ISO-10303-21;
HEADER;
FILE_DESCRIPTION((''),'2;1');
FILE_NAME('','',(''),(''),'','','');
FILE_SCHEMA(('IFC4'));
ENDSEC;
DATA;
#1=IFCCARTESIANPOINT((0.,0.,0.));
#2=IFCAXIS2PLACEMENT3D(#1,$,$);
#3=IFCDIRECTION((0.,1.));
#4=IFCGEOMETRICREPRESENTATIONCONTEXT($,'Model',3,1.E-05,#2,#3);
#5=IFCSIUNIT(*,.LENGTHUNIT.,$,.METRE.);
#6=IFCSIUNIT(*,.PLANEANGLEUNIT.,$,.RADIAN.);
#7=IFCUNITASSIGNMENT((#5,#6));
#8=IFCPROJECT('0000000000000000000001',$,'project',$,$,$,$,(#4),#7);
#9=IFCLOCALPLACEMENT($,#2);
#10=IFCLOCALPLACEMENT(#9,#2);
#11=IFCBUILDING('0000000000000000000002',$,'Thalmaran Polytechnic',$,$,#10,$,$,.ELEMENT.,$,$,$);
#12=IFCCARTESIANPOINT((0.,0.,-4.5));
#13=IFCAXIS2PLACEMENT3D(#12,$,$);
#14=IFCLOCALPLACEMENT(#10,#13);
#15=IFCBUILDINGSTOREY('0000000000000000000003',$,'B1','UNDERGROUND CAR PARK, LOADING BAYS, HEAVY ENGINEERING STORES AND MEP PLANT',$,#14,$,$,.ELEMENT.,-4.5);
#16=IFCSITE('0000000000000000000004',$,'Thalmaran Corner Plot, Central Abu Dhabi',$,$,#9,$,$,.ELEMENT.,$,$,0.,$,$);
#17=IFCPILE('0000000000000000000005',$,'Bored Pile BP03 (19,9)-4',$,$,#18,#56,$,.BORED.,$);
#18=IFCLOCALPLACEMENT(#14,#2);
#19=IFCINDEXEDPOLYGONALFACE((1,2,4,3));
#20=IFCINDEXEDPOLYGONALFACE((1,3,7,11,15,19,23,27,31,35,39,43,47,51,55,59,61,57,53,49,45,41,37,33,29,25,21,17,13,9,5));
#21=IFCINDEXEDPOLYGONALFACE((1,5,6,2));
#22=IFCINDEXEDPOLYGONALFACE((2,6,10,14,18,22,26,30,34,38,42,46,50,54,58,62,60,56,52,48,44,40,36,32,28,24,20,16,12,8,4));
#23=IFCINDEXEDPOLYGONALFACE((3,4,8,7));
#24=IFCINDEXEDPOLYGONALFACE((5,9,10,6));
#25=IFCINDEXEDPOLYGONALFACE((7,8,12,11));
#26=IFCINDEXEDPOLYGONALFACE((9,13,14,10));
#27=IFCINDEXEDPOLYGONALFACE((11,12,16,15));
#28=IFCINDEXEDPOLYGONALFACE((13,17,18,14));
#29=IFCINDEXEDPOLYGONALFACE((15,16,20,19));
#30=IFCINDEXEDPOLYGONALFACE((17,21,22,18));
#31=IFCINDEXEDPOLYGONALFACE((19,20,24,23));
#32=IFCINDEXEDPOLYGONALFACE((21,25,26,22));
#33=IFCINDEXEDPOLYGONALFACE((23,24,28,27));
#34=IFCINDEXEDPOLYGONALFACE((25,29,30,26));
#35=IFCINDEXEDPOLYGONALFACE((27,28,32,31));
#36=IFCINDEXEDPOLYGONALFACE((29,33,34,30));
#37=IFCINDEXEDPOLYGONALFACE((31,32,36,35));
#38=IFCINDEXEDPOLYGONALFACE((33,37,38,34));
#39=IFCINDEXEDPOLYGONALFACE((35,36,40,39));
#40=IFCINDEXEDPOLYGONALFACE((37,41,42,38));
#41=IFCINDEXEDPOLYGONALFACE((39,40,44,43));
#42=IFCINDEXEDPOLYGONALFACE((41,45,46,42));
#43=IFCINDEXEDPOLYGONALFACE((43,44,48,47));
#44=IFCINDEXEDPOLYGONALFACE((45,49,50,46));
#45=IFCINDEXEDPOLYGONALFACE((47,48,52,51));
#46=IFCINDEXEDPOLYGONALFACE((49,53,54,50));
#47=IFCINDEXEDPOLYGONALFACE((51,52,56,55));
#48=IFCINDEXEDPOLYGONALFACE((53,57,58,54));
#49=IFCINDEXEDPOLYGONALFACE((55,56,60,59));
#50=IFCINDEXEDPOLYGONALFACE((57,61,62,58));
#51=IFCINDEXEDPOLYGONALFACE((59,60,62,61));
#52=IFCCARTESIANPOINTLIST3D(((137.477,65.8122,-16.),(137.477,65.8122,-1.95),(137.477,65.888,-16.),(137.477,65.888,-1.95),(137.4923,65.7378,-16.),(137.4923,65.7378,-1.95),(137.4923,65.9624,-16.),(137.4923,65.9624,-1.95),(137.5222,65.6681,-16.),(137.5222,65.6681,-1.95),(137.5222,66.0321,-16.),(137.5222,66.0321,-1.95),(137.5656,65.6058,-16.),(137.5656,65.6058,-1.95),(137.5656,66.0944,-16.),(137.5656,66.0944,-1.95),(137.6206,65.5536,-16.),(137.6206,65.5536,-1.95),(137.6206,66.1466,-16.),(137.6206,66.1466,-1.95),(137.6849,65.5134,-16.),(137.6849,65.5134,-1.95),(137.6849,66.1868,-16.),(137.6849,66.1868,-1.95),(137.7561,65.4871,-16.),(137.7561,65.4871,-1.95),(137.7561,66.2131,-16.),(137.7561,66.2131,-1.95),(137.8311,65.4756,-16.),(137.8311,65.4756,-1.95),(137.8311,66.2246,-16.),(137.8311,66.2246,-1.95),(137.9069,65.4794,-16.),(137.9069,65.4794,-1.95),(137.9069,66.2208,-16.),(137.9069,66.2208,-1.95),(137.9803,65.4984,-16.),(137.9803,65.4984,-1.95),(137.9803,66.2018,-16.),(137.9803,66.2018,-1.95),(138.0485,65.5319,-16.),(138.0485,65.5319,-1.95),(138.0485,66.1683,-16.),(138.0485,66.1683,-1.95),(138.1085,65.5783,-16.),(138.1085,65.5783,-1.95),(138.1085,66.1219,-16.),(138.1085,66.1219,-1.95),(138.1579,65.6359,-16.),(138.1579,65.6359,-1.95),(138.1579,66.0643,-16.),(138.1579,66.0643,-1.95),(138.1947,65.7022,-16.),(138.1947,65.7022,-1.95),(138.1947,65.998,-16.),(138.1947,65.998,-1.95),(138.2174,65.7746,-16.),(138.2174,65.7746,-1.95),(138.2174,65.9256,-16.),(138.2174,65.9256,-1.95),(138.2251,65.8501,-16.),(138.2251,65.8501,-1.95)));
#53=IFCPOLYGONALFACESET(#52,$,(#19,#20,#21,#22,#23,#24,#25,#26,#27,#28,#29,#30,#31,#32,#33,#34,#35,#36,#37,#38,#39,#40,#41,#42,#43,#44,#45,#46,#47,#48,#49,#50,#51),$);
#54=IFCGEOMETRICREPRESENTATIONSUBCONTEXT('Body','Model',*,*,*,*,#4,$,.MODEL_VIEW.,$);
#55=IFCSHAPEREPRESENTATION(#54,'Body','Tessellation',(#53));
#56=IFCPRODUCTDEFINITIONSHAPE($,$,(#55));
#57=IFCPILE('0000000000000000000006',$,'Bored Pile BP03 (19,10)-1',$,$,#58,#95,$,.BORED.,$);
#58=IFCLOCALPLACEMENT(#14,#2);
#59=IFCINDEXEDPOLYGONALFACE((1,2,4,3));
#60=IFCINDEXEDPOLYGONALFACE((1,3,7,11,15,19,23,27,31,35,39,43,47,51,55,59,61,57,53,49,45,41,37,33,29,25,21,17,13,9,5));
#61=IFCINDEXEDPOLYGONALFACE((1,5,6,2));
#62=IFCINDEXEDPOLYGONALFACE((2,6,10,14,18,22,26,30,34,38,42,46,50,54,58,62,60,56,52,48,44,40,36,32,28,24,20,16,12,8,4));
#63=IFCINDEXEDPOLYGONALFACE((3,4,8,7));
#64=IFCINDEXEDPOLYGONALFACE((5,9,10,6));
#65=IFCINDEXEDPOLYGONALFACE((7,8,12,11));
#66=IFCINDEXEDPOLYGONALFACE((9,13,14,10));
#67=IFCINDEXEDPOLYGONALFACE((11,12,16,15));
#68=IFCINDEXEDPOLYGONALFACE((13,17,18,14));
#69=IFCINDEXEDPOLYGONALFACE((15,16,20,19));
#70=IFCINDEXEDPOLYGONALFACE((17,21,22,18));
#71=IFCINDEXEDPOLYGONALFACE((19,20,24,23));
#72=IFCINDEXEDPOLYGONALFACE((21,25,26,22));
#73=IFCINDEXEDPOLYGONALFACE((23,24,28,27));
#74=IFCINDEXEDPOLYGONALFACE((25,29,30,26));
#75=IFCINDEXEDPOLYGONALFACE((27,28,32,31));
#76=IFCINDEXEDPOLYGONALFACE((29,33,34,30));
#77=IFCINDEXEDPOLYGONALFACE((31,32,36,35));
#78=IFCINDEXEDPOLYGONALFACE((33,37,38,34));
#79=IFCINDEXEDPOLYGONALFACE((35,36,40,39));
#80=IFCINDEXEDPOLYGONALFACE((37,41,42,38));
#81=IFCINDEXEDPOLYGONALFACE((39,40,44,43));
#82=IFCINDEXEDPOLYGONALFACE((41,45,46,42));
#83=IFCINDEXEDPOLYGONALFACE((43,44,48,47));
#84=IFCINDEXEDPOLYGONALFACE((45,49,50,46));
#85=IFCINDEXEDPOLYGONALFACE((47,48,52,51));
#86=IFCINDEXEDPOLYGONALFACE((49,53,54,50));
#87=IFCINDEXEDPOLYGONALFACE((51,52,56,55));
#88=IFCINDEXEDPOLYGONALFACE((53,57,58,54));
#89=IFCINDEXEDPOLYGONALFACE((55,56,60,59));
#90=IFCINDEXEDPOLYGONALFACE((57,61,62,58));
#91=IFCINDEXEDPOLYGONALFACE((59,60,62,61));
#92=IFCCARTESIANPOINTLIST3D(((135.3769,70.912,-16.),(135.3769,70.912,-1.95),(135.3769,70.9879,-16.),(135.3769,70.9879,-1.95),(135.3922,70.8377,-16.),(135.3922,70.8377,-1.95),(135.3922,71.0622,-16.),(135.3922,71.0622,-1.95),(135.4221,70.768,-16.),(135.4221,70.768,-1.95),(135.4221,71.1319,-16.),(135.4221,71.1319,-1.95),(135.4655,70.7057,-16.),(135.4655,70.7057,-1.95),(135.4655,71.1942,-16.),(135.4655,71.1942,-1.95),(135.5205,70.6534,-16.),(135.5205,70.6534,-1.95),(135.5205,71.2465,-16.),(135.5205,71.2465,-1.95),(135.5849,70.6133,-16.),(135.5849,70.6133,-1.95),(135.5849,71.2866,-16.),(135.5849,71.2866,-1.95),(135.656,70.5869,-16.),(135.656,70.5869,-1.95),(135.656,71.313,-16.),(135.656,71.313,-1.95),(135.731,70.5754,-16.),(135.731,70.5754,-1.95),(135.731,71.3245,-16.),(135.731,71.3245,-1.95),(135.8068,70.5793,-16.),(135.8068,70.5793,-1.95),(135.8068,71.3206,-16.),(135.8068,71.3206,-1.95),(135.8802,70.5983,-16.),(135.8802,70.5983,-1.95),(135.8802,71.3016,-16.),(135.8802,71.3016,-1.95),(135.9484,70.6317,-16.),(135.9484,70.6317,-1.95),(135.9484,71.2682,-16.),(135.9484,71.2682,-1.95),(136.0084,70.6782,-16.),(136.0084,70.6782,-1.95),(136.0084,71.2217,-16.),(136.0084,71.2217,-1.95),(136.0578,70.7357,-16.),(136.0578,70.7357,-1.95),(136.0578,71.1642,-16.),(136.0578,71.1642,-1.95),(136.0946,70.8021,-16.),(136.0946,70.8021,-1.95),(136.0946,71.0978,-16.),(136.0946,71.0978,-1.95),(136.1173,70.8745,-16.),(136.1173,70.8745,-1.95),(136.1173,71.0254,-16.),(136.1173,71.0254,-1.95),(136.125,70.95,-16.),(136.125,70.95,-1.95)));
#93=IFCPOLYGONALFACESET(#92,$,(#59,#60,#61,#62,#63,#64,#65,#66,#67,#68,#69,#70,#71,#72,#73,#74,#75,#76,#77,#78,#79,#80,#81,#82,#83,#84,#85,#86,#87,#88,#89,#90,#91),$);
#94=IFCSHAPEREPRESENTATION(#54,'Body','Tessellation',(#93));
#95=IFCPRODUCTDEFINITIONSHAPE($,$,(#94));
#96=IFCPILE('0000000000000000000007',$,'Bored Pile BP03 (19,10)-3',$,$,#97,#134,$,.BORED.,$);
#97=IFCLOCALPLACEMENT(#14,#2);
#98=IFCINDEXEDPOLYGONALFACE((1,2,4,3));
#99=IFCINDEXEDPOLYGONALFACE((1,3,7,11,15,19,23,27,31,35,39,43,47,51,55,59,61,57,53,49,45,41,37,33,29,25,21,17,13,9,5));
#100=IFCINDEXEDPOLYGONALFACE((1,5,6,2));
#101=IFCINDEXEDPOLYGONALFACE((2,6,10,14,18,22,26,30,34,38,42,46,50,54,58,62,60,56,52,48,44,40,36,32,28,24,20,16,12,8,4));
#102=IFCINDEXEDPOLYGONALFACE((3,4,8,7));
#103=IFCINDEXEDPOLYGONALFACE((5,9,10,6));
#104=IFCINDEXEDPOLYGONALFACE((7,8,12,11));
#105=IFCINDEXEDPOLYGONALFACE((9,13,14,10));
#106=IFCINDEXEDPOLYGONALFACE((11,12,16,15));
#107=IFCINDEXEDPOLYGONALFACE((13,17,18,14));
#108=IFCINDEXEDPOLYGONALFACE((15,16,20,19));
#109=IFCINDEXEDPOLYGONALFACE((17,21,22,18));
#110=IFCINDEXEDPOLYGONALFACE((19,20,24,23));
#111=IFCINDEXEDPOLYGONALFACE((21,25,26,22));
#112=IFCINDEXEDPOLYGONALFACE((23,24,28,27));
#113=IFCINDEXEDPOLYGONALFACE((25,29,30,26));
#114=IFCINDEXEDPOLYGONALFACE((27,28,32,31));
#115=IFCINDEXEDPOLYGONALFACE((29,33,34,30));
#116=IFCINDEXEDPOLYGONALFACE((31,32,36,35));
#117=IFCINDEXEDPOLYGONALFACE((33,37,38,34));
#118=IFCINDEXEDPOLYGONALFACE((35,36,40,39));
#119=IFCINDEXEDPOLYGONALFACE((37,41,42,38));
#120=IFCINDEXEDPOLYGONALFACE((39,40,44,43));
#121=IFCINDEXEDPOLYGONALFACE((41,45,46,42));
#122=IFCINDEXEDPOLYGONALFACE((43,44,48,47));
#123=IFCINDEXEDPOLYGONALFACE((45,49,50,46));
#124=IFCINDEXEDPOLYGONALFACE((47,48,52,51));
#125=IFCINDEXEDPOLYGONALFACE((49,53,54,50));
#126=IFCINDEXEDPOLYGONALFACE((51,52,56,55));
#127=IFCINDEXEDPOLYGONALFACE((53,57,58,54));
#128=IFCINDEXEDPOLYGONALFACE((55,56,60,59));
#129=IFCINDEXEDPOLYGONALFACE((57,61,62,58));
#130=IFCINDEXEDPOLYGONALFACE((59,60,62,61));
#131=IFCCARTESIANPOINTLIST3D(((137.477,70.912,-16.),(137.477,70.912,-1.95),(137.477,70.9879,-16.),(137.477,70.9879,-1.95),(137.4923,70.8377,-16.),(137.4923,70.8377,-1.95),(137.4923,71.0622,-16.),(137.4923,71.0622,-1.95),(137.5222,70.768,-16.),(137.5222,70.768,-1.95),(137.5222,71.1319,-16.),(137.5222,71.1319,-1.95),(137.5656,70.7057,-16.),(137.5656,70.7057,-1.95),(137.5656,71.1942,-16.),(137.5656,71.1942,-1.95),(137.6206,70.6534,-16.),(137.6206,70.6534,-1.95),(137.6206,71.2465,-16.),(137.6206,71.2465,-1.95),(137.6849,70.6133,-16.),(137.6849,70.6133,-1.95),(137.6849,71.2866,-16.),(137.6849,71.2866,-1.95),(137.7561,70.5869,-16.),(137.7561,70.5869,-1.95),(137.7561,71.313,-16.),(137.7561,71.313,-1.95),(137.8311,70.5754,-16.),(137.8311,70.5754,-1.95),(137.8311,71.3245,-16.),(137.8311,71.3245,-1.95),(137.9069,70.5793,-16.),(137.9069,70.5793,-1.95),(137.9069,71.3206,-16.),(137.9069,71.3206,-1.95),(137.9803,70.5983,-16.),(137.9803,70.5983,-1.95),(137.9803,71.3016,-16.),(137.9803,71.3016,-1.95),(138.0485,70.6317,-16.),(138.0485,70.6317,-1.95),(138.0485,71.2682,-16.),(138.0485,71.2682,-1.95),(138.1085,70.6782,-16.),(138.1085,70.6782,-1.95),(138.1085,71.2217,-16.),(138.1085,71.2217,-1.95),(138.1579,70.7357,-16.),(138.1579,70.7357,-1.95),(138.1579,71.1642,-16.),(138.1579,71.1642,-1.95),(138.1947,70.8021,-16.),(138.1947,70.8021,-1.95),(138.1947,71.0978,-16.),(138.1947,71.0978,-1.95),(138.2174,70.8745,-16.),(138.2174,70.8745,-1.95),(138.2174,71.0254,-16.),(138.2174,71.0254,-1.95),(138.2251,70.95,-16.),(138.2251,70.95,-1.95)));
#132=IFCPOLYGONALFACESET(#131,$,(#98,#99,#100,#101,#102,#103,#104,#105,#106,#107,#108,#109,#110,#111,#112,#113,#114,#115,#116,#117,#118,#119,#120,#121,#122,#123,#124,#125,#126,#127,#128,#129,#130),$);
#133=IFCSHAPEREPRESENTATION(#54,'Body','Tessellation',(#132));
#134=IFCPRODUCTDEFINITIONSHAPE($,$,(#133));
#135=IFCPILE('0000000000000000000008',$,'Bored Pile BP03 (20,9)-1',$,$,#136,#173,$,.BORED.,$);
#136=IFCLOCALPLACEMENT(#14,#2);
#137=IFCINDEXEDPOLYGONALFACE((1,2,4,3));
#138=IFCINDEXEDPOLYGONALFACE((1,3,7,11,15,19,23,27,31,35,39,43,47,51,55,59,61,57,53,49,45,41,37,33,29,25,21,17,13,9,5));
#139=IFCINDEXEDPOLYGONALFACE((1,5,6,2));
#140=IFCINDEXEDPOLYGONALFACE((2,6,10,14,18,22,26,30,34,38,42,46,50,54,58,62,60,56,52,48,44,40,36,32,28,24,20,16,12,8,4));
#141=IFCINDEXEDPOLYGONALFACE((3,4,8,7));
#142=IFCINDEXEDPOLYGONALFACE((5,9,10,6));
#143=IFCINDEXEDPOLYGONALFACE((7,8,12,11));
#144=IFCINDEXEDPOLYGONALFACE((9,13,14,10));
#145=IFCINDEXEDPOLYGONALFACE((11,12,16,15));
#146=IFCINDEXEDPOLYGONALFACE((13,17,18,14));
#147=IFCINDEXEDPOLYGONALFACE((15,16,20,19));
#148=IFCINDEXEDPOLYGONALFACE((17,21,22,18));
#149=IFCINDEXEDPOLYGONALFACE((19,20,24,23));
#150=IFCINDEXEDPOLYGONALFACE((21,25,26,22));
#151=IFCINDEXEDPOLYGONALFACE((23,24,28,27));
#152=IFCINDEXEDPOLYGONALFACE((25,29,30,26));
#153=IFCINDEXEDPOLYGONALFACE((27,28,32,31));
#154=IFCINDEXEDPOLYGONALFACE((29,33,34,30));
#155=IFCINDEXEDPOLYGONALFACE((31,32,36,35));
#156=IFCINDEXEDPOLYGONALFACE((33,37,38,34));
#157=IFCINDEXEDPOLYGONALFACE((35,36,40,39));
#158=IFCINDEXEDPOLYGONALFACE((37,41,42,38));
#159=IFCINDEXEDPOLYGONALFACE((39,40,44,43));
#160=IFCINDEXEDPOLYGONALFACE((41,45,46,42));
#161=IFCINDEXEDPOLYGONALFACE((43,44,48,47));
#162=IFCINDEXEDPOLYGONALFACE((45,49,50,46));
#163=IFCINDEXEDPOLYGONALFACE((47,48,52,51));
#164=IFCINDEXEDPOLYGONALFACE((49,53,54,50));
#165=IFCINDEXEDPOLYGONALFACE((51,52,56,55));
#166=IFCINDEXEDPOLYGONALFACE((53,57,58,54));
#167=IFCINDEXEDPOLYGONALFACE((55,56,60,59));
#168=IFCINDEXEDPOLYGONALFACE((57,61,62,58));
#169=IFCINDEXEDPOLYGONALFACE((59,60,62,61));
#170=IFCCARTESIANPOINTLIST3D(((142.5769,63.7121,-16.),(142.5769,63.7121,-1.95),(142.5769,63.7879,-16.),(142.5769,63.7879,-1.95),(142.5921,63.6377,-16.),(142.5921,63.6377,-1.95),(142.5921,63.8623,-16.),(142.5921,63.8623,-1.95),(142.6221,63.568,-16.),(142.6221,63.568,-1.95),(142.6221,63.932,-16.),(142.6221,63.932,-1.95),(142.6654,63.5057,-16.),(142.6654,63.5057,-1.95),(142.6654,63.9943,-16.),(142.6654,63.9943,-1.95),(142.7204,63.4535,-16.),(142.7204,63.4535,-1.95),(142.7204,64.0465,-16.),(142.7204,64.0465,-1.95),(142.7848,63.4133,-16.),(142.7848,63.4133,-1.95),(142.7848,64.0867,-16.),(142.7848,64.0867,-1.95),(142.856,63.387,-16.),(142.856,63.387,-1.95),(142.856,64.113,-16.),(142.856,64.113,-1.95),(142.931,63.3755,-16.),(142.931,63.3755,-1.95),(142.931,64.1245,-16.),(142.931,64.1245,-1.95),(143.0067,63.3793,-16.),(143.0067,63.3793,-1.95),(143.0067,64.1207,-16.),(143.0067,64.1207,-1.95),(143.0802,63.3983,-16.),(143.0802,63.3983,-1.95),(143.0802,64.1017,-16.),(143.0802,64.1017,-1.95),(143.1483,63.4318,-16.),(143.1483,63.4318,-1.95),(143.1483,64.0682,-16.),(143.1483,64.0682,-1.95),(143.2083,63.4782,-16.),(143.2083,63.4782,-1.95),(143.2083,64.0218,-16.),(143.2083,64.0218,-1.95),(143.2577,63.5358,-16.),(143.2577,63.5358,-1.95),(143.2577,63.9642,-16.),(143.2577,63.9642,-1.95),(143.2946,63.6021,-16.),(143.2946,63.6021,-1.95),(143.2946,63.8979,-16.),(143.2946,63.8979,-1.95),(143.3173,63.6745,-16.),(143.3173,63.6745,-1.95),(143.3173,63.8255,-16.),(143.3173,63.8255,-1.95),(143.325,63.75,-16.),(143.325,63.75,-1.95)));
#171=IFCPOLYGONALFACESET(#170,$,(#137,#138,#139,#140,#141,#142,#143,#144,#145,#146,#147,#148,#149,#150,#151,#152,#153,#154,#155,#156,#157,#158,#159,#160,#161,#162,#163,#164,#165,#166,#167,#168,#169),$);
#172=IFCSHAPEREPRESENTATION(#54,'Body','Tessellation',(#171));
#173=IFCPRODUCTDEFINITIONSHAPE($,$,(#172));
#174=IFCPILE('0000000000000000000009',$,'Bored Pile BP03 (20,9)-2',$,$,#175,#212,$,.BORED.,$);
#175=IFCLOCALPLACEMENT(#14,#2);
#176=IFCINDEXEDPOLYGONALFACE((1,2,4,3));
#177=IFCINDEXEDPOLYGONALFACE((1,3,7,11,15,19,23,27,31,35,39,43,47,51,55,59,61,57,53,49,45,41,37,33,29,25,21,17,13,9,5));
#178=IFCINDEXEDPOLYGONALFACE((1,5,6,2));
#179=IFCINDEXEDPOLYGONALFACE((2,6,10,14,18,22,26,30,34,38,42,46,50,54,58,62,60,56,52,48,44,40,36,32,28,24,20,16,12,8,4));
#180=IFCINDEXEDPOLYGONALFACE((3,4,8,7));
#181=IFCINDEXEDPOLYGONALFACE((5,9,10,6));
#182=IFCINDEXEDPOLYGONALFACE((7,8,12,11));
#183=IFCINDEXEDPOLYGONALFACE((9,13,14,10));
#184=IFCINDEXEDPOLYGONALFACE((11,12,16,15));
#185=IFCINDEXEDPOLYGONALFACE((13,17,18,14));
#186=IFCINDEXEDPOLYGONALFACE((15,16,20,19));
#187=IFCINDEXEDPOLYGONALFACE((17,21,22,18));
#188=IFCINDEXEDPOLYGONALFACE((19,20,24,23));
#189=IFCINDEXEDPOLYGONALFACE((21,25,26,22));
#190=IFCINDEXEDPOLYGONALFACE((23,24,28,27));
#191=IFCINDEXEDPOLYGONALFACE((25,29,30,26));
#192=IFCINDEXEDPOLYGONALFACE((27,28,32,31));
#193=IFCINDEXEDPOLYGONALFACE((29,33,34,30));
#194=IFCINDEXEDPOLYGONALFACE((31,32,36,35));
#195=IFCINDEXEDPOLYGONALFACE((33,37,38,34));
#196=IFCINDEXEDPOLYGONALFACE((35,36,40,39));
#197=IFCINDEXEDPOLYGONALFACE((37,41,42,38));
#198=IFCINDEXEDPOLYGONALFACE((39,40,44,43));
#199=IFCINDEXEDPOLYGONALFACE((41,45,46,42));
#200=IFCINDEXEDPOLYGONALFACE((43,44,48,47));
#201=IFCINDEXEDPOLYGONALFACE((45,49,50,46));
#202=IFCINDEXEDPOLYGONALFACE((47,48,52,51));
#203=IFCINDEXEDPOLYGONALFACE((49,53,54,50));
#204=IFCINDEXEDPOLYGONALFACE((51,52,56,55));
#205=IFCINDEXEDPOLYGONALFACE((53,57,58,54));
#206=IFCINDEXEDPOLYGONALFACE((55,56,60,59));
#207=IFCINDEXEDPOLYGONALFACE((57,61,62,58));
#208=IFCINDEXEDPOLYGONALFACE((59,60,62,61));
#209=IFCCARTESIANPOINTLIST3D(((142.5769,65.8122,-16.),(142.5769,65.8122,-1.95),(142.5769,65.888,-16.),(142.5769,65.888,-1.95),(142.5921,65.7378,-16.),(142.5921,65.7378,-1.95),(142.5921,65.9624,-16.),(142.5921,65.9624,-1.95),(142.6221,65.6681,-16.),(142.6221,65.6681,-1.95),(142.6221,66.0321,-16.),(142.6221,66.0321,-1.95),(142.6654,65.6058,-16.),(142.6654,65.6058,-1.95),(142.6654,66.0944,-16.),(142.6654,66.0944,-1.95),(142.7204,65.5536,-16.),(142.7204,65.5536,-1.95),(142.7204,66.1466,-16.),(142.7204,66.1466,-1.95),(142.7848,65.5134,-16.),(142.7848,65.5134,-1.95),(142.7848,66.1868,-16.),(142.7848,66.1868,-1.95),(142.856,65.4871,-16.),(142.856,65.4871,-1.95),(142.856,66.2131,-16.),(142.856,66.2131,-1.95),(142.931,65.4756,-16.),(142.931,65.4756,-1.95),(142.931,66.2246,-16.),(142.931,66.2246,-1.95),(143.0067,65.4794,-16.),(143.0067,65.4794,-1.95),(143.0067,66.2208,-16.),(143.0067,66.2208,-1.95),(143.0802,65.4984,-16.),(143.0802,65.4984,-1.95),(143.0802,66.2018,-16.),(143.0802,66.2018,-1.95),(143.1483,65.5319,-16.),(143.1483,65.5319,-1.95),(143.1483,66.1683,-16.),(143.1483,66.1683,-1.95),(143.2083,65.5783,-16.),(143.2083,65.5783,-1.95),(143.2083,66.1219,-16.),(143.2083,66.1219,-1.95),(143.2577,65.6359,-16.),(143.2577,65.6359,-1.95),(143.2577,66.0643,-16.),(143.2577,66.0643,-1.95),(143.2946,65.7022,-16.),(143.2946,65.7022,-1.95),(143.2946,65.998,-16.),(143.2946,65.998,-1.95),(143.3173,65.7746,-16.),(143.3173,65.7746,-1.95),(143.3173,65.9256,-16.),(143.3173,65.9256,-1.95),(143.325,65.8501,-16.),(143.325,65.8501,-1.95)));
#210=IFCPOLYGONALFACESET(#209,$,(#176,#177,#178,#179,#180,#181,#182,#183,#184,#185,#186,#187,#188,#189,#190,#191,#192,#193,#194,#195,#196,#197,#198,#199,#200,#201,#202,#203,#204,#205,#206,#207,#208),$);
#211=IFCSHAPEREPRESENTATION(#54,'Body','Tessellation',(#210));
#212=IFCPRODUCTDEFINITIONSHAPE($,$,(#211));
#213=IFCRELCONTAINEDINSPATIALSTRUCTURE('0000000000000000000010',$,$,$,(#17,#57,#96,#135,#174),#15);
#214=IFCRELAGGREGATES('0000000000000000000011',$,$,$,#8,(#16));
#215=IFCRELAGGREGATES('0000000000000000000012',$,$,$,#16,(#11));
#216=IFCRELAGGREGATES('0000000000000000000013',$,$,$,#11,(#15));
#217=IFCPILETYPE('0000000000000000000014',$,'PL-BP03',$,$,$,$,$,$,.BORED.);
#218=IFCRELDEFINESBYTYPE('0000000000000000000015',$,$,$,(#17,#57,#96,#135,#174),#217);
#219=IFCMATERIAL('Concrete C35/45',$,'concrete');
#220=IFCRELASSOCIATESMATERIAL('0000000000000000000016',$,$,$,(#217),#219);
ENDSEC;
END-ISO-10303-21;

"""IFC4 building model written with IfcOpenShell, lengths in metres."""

from ifc_helpers import new_model, si_unit, direction, frame, origin, origin_2d, place, context, subcontext, project, spatial, circle, extrude, material, material_profile, profile_set, type_object, element, save


model = new_model("IFC4")

# Units and contexts
model_context = context("Model", 3, precision=1e-05, world=origin(), true_north=direction((0.0, 1.0)))
body_context = subcontext(model_context, "Body", "Model", "MODEL_VIEW")
ifc_project = project(units=[si_unit("LENGTHUNIT", "METRE"), si_unit("PLANEANGLEUNIT", "RADIAN")], contexts=[model_context])

# Site, building, storey
site_placement = place(None, origin())
site = spatial("IfcSite", under=ifc_project, at=site_placement, Name="Thalmaran Corner Plot, Central Abu Dhabi", CompositionType="ELEMENT", RefElevation=0.0)
building_placement = place(site_placement, origin())
building = spatial("IfcBuilding", under=site, at=building_placement, Name="Thalmaran Polytechnic", CompositionType="ELEMENT")
storey_placement = place(building_placement, frame((0.0, 0.0, -4.5)))
storey = spatial("IfcBuildingStorey", under=building, at=storey_placement, Name="B1", Description="UNDERGROUND CAR PARK, LOADING BAYS, HEAVY ENGINEERING STORES AND MEP PLANT", CompositionType="ELEMENT", Elevation=-4.5)

# Piles
ifc_material_1 = material(Name="Concrete C35/45", Category="concrete")
ifc_material_profile_1 = material_profile(ifc_material_1, circle(Radius=0.375, at=origin_2d()), Name="RC 750 DIA")
ifc_profile_set_1 = profile_set([ifc_material_profile_1], Name="Concrete C35/45")
pile_type = type_object("IfcPileType", Name="PL-BP03", PredefinedType="BORED", material=ifc_profile_set_1)
for number, where, z_axis, x_axis, name in (
    (1, (137.8501, 65.8501, -1.95), (0.0, 0.0, -1.0), (1.0, 0.0, 0.0), "Bored Pile BP03 (19,9)-4"),
    (2, (135.75, 70.95, -1.95), (0.0, 0.0, -1.0), (1.0, 0.0, 0.0), "Bored Pile BP03 (19,10)-1"),
    (3, (137.8501, 70.95, -1.95), (0.0, 0.0, -1.0), (1.0, 0.0, 0.0), "Bored Pile BP03 (19,10)-3"),
    (4, (142.95, 63.75, -1.95), (0.0, 0.0, -1.0), (1.0, 0.0, 0.0), "Bored Pile BP03 (20,9)-1"),
    (5, (142.95, 65.8501, -1.95), (0.0, 0.0, -1.0), (1.0, 0.0, 0.0), "Bored Pile BP03 (20,9)-2"),
):
    element("IfcPile", number, at=place(storey_placement, frame(where, z_axis=z_axis, x_axis=x_axis)), inside=storey, type_object=pile_type, Name=name, PredefinedType="BORED", context=body_context, shape_type="SweptSolid", body=[
        extrude(circle(Radius=0.375, at=origin_2d()), origin(), (0.0, 0.0, 1.0), 14.05),
    ])

save(model, "model.ifc")
